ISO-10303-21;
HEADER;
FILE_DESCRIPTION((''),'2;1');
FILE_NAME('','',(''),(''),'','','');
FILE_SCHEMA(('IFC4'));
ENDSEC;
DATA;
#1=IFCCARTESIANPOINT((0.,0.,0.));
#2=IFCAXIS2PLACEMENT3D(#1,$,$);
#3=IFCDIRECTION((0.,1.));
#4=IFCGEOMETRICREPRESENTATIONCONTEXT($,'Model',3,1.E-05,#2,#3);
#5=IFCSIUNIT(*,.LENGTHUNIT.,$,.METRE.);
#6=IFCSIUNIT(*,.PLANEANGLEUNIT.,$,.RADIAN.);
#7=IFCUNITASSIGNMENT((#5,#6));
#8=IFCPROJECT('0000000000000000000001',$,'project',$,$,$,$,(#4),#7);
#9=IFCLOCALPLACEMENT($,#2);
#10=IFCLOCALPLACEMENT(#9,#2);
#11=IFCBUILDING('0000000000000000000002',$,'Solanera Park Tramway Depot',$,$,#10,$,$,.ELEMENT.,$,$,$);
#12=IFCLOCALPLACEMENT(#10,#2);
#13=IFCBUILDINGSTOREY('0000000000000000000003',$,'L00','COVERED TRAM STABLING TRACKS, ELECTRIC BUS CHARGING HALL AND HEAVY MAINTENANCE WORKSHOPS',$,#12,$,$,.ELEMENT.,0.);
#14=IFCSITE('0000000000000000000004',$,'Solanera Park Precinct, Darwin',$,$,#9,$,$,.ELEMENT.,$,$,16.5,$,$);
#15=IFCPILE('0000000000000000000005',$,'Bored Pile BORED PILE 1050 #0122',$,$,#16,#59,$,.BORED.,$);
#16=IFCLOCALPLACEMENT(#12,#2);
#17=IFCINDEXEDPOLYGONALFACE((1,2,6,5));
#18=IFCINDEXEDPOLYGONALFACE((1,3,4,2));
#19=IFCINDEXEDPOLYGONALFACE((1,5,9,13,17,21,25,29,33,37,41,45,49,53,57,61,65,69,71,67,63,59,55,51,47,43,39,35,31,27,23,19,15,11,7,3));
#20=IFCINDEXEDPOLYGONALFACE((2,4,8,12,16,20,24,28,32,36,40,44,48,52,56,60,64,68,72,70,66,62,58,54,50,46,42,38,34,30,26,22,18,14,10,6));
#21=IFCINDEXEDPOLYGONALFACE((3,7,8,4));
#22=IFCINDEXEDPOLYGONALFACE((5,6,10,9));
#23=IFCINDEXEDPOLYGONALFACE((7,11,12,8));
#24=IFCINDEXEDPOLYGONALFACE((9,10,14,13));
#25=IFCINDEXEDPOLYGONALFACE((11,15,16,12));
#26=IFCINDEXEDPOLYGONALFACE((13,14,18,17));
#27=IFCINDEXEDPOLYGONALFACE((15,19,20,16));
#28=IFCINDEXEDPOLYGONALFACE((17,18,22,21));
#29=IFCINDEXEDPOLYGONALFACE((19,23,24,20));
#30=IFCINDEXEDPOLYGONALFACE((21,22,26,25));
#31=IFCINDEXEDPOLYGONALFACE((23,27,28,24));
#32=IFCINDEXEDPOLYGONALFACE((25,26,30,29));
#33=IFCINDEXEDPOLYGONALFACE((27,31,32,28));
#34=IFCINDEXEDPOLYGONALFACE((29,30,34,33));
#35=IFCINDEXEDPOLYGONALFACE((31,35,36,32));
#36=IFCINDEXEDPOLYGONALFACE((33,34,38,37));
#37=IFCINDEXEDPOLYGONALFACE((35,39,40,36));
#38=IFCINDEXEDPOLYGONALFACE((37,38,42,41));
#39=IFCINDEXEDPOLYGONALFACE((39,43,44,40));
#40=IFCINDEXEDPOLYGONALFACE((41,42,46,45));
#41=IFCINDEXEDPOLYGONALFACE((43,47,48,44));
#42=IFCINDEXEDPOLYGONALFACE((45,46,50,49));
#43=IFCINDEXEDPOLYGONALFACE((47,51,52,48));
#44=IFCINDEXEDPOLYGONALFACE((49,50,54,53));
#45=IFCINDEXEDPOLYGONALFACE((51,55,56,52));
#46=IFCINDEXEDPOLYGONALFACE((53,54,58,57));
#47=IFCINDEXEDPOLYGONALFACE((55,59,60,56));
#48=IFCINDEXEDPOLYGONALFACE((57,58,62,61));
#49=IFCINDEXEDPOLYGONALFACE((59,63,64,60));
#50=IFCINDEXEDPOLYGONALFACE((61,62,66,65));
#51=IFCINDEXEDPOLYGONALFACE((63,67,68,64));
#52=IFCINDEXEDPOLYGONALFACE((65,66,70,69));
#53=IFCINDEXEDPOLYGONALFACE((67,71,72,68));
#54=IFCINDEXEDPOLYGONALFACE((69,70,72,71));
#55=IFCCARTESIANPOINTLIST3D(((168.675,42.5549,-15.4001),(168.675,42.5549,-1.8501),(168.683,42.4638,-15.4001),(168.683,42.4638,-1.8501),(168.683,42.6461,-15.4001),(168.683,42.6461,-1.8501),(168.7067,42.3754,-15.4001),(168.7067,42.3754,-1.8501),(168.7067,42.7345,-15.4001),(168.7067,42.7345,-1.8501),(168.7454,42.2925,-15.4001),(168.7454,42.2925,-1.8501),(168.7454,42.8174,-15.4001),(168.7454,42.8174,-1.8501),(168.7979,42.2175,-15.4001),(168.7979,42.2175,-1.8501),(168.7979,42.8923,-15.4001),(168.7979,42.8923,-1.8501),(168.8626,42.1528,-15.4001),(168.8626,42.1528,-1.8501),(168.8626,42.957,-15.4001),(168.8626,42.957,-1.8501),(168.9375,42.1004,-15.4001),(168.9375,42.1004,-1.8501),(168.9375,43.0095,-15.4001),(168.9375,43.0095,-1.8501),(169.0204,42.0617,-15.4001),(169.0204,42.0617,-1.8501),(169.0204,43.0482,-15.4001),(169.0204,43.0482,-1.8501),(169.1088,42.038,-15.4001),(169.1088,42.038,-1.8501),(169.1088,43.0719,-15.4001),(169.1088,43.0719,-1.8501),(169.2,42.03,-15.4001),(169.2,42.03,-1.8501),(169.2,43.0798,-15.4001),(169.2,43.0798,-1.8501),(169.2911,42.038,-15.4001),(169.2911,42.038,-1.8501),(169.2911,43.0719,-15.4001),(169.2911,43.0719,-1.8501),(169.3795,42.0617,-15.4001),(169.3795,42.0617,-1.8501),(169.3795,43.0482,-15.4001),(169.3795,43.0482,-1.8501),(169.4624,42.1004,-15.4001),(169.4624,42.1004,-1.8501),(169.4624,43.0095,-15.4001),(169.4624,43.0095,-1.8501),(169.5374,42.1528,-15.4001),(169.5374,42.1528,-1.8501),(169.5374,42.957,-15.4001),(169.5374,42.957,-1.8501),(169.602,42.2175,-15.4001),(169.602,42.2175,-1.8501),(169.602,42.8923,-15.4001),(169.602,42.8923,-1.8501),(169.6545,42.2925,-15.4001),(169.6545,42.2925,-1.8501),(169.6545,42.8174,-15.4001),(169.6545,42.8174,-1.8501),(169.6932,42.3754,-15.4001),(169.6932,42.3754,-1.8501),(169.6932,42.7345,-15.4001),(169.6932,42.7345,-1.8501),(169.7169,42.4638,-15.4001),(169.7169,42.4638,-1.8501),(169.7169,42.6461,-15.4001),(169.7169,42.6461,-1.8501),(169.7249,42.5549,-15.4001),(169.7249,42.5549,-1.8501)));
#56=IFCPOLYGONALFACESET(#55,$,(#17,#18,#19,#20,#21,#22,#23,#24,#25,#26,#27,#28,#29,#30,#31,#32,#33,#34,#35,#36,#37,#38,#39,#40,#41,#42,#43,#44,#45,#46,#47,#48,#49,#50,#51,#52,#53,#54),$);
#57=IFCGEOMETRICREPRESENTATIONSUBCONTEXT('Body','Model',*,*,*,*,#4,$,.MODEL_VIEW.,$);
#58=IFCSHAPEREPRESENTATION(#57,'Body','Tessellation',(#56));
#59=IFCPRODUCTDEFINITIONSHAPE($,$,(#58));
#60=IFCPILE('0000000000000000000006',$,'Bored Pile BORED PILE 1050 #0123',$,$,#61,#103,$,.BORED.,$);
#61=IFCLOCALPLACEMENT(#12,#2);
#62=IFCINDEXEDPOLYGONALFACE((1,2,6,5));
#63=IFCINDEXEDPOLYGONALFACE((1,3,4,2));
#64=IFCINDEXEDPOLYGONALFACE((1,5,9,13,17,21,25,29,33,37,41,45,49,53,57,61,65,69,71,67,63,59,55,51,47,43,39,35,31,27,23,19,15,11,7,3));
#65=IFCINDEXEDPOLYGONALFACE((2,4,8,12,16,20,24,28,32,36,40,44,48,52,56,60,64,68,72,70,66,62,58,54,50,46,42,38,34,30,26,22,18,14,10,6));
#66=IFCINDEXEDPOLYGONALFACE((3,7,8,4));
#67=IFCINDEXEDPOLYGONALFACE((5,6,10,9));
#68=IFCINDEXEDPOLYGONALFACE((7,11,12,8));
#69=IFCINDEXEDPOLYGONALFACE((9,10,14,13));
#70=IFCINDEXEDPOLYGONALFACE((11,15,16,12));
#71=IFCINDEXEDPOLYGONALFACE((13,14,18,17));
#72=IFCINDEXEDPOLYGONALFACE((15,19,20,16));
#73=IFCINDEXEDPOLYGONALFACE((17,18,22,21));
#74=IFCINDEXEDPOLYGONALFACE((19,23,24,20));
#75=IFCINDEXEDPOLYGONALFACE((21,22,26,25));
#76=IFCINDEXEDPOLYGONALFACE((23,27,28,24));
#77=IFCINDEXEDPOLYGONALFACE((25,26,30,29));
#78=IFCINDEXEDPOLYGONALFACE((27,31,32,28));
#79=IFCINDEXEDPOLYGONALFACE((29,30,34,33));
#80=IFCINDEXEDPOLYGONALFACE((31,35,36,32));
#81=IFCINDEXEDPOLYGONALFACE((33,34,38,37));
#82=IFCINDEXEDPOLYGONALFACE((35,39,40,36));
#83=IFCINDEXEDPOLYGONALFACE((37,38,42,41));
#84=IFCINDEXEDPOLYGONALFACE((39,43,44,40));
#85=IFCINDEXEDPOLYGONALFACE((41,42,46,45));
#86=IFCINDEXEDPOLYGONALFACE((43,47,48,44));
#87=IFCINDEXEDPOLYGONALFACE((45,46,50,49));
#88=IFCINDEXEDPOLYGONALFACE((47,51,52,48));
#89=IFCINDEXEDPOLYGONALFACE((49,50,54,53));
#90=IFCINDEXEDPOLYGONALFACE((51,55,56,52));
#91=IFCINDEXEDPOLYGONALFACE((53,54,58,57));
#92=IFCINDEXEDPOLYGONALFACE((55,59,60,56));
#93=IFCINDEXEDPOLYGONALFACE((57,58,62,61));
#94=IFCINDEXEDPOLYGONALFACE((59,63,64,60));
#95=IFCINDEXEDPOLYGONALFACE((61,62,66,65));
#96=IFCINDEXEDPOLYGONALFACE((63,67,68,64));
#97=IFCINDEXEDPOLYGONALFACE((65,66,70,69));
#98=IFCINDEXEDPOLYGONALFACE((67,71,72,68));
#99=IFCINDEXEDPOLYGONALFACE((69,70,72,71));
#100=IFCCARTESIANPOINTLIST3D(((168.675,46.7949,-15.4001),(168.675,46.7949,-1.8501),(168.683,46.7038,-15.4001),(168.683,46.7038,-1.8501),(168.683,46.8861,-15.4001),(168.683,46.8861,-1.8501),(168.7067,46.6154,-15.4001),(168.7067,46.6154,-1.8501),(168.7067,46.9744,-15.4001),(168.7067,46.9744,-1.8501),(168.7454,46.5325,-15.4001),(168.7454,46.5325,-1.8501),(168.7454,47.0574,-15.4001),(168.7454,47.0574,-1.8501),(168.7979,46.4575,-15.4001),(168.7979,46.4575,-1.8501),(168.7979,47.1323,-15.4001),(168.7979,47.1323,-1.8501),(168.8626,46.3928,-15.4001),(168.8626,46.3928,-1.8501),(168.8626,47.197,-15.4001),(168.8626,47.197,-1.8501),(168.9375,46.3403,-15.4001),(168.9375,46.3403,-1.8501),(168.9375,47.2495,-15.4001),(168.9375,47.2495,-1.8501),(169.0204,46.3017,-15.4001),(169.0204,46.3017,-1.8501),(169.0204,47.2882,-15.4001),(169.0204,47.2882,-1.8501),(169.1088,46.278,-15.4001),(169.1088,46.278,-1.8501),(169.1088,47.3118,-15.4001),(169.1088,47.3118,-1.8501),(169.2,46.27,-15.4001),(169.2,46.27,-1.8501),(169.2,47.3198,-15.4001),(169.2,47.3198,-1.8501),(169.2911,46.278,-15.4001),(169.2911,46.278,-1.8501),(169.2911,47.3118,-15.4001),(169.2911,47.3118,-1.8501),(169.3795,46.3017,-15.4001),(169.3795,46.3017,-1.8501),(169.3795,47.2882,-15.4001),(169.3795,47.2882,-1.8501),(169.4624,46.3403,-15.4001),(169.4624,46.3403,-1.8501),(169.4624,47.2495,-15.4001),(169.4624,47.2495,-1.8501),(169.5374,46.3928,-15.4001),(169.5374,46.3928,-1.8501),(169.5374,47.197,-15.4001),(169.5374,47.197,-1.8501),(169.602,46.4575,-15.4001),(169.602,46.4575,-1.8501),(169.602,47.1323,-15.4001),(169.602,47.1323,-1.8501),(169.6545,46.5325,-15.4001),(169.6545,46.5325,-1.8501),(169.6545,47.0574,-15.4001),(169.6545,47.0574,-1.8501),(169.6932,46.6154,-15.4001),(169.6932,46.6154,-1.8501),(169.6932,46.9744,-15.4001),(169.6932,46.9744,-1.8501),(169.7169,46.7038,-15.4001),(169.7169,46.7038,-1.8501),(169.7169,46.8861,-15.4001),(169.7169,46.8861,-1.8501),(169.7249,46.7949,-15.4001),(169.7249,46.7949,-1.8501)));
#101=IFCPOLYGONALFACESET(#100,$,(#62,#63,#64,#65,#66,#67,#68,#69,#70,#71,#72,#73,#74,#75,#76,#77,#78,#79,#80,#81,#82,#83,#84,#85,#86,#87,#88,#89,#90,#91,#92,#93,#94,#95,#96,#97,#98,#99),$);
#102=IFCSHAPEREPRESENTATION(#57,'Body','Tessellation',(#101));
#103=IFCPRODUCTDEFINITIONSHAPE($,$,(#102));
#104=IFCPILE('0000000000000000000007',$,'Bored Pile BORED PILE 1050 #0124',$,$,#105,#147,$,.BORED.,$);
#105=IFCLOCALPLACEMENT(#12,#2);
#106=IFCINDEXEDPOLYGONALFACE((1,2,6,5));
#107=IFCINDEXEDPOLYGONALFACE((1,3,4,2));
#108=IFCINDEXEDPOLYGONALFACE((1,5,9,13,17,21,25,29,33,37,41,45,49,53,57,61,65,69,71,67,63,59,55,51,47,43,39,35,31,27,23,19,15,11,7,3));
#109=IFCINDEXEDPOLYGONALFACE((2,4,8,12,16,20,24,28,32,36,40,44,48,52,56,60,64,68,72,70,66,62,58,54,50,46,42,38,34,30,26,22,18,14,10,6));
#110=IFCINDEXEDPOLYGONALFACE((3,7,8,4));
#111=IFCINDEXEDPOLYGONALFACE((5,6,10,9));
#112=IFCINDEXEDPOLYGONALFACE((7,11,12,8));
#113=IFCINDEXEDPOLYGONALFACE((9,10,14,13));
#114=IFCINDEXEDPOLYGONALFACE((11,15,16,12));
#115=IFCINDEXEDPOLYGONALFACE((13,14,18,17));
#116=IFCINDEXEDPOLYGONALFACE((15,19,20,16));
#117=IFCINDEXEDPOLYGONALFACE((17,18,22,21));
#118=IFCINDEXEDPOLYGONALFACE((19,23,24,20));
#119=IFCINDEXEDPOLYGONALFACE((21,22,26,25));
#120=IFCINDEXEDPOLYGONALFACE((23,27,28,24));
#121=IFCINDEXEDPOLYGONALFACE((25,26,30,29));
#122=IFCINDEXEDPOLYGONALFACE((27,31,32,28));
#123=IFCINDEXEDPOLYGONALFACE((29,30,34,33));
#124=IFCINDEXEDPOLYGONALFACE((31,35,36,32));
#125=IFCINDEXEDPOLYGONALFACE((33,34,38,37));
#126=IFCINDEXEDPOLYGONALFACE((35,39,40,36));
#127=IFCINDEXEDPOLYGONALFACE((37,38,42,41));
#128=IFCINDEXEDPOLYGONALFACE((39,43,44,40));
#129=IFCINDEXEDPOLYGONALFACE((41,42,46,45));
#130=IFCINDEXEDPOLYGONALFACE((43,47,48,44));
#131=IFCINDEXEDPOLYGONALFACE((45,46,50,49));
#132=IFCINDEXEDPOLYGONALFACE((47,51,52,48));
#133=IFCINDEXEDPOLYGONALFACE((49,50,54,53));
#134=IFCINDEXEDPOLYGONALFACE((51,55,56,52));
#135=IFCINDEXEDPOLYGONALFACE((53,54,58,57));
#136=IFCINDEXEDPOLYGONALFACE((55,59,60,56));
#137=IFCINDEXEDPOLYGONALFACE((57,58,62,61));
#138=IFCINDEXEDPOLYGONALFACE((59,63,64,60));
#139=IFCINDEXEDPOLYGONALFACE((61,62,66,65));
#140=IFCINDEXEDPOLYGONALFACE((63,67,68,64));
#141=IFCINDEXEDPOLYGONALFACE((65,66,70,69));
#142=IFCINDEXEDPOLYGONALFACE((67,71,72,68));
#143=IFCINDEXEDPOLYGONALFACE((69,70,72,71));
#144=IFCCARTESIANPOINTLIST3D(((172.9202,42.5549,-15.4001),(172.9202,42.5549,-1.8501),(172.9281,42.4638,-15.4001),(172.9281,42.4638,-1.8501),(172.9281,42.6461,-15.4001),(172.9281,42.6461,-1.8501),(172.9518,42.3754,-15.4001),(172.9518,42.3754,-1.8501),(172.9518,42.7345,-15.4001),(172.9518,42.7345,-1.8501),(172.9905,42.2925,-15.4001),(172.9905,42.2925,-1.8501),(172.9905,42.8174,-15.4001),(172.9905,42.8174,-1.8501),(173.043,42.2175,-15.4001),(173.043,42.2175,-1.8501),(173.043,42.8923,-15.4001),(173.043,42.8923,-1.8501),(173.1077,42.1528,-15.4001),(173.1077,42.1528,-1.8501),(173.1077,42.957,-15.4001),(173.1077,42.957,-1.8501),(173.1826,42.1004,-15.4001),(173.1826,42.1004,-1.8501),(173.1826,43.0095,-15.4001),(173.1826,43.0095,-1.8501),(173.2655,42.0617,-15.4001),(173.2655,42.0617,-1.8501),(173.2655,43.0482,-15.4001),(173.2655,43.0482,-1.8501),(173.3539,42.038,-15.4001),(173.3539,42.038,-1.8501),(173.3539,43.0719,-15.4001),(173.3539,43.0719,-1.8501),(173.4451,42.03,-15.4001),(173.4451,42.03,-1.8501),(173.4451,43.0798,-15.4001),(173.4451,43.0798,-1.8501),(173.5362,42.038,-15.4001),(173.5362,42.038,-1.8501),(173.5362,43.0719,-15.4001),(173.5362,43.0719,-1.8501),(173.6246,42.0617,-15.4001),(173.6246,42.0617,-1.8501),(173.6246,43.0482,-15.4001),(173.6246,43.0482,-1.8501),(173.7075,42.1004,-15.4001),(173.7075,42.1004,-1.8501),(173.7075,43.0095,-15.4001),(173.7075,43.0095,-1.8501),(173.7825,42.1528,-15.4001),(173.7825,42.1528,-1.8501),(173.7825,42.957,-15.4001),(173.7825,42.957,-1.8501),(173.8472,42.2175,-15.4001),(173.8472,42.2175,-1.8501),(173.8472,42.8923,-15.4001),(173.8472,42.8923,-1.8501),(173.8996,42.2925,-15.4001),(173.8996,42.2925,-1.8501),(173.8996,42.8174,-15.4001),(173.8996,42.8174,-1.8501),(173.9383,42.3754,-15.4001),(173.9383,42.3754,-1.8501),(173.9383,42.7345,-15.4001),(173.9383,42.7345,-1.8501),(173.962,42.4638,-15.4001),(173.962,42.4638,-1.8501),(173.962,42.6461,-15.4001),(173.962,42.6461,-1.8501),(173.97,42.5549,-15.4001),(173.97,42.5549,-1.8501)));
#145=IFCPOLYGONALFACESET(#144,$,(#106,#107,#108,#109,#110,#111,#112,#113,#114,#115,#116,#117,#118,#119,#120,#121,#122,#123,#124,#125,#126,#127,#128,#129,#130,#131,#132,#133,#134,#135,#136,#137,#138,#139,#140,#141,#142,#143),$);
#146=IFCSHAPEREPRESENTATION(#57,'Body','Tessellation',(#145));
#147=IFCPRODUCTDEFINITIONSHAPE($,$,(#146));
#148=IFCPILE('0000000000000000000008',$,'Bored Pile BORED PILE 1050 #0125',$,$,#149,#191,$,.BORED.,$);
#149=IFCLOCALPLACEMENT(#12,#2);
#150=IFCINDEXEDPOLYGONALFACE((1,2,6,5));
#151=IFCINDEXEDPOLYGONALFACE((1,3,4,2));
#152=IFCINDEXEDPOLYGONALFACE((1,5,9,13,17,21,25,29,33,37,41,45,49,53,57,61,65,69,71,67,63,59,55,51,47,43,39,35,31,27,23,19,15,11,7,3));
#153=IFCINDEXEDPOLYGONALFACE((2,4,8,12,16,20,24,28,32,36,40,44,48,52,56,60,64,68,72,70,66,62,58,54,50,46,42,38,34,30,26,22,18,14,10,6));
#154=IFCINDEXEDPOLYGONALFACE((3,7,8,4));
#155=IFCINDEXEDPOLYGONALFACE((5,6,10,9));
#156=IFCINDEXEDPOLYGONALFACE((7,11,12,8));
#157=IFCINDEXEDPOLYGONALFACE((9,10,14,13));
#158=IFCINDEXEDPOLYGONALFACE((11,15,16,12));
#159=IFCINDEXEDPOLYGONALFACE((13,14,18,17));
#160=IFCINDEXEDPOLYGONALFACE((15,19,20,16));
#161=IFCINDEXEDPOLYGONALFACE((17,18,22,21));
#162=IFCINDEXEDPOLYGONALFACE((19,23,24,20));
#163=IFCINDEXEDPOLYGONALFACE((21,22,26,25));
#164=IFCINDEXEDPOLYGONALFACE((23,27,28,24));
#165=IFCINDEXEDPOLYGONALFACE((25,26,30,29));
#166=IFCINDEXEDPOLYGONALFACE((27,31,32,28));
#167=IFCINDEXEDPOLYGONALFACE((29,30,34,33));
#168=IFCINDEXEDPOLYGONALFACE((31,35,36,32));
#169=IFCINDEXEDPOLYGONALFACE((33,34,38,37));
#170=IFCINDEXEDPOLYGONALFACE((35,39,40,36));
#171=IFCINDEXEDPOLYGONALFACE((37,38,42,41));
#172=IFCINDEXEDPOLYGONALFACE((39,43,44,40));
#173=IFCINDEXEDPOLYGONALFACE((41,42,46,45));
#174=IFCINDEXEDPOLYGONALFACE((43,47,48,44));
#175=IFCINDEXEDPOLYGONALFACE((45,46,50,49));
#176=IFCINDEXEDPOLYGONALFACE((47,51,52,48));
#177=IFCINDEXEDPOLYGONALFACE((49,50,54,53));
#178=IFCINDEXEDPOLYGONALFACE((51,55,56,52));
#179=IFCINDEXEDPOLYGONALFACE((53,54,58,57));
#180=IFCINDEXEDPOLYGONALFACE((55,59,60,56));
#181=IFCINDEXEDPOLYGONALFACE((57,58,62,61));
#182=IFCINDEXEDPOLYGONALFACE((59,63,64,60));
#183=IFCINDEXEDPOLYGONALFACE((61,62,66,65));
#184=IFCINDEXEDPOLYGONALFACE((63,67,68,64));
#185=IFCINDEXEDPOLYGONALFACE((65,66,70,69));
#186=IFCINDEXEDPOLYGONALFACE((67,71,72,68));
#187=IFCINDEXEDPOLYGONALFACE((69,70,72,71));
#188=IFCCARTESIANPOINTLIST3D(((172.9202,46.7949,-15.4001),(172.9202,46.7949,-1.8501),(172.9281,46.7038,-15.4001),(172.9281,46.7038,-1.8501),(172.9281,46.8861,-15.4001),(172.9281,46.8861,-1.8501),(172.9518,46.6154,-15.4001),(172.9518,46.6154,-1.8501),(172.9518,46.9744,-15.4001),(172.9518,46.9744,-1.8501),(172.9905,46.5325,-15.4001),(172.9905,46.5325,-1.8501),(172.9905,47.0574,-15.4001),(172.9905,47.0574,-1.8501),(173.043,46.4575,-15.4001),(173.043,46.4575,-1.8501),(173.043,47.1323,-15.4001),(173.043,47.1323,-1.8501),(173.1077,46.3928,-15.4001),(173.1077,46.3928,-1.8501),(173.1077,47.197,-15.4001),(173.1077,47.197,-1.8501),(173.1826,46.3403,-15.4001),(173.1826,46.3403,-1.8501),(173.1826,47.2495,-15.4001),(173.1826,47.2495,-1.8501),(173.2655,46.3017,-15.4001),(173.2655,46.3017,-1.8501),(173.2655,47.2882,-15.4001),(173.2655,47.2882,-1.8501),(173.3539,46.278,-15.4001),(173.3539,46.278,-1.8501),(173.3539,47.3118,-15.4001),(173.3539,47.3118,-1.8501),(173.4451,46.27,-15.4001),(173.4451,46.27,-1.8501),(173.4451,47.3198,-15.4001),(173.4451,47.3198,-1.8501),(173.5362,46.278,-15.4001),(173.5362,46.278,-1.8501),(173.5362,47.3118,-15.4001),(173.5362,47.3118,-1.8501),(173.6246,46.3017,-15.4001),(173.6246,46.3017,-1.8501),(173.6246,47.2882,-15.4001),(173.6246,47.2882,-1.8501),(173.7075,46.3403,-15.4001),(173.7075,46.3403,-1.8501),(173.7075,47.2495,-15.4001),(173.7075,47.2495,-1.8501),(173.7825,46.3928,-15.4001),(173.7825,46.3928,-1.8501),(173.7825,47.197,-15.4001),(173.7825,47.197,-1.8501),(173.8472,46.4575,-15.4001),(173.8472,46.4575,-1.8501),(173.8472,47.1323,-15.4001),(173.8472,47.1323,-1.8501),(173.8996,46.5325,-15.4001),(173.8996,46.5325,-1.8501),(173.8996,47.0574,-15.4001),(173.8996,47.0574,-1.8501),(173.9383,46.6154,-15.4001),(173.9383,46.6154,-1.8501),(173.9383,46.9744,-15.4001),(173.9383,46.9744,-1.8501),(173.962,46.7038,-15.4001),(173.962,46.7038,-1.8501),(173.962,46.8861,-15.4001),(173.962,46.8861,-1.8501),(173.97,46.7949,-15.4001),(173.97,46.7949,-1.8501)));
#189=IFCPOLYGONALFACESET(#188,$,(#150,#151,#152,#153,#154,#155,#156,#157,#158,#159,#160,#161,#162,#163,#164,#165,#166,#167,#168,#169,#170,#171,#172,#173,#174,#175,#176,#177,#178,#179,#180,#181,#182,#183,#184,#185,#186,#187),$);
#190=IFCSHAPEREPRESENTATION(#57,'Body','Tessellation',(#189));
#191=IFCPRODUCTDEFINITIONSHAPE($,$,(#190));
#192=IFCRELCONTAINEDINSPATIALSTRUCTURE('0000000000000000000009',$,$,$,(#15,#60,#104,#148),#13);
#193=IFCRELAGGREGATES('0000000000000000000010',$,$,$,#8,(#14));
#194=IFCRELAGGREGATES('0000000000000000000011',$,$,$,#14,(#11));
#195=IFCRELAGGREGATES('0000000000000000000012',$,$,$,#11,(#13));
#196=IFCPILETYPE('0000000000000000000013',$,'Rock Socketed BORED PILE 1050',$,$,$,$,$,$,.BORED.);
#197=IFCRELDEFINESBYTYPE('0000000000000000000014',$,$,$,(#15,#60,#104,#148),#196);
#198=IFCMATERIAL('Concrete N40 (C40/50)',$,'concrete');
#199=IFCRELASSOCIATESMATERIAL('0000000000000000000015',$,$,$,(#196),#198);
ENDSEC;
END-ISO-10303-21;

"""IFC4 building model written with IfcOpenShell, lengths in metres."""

from ifc_helpers import new_model, si_unit, direction, frame, origin, origin_2d, place, context, subcontext, project, spatial, circle, extrude, material, material_profile, profile_set, type_object, element, save


model = new_model("IFC4")

# Units and contexts
model_context = context("Model", 3, precision=1e-05, world=origin(), true_north=direction((0.0, 1.0)))
body_context = subcontext(model_context, "Body", "Model", "MODEL_VIEW")
ifc_project = project(units=[si_unit("LENGTHUNIT", "METRE"), si_unit("PLANEANGLEUNIT", "RADIAN")], contexts=[model_context])

# Site, building, storey
site_placement = place(None, origin())
site = spatial("IfcSite", under=ifc_project, at=site_placement, Name="Solanera Park Precinct, Darwin", CompositionType="ELEMENT", RefElevation=16.5)
building_placement = place(site_placement, origin())
building = spatial("IfcBuilding", under=site, at=building_placement, Name="Solanera Park Tramway Depot", CompositionType="ELEMENT")
storey_placement = place(building_placement, origin())
storey = spatial("IfcBuildingStorey", under=building, at=storey_placement, Name="L00", Description="COVERED TRAM STABLING TRACKS, ELECTRIC BUS CHARGING HALL AND HEAVY MAINTENANCE WORKSHOPS", CompositionType="ELEMENT", Elevation=0.0)

# Piles
ifc_material_1 = material(Name="Concrete N40 (C40/50)", Category="concrete")
ifc_material_profile_1 = material_profile(ifc_material_1, circle(Radius=0.5249, at=origin_2d()), Name="BORED PILE 1050")
ifc_profile_set_1 = profile_set([ifc_material_profile_1], Name="Concrete N40 (C40/50)")
pile_type_1 = type_object("IfcPileType", Name="Rock Socketed BORED PILE 1050", PredefinedType="BORED", material=ifc_profile_set_1)
for number, where, z_axis, x_axis, name in (
    (1, (169.2, 42.5549, -1.8501), (0.0, 0.0, -1.0), (1.0, 0.0, 0.0), "Bored Pile BORED PILE 1050 #0122"),
    (2, (169.2, 46.7949, -1.8501), (0.0, 0.0, -1.0), (1.0, 0.0, 0.0), "Bored Pile BORED PILE 1050 #0123"),
    (3, (173.4451, 42.5549, -1.8501), (0.0, 0.0, -1.0), (1.0, 0.0, 0.0), "Bored Pile BORED PILE 1050 #0124"),
    (4, (173.4451, 46.7949, -1.8501), (0.0, 0.0, -1.0), (1.0, 0.0, 0.0), "Bored Pile BORED PILE 1050 #0125"),
):
    element("IfcPile", number, at=place(storey_placement, frame(where, z_axis=z_axis, x_axis=x_axis)), inside=storey, type_object=pile_type_1, Name=name, PredefinedType="BORED", context=body_context, shape_type="SweptSolid", body=[
        extrude(circle(Radius=0.5249, at=origin_2d()), origin(), (0.0, 0.0, 1.0), 13.55),
    ])

save(model, "model.ifc")
